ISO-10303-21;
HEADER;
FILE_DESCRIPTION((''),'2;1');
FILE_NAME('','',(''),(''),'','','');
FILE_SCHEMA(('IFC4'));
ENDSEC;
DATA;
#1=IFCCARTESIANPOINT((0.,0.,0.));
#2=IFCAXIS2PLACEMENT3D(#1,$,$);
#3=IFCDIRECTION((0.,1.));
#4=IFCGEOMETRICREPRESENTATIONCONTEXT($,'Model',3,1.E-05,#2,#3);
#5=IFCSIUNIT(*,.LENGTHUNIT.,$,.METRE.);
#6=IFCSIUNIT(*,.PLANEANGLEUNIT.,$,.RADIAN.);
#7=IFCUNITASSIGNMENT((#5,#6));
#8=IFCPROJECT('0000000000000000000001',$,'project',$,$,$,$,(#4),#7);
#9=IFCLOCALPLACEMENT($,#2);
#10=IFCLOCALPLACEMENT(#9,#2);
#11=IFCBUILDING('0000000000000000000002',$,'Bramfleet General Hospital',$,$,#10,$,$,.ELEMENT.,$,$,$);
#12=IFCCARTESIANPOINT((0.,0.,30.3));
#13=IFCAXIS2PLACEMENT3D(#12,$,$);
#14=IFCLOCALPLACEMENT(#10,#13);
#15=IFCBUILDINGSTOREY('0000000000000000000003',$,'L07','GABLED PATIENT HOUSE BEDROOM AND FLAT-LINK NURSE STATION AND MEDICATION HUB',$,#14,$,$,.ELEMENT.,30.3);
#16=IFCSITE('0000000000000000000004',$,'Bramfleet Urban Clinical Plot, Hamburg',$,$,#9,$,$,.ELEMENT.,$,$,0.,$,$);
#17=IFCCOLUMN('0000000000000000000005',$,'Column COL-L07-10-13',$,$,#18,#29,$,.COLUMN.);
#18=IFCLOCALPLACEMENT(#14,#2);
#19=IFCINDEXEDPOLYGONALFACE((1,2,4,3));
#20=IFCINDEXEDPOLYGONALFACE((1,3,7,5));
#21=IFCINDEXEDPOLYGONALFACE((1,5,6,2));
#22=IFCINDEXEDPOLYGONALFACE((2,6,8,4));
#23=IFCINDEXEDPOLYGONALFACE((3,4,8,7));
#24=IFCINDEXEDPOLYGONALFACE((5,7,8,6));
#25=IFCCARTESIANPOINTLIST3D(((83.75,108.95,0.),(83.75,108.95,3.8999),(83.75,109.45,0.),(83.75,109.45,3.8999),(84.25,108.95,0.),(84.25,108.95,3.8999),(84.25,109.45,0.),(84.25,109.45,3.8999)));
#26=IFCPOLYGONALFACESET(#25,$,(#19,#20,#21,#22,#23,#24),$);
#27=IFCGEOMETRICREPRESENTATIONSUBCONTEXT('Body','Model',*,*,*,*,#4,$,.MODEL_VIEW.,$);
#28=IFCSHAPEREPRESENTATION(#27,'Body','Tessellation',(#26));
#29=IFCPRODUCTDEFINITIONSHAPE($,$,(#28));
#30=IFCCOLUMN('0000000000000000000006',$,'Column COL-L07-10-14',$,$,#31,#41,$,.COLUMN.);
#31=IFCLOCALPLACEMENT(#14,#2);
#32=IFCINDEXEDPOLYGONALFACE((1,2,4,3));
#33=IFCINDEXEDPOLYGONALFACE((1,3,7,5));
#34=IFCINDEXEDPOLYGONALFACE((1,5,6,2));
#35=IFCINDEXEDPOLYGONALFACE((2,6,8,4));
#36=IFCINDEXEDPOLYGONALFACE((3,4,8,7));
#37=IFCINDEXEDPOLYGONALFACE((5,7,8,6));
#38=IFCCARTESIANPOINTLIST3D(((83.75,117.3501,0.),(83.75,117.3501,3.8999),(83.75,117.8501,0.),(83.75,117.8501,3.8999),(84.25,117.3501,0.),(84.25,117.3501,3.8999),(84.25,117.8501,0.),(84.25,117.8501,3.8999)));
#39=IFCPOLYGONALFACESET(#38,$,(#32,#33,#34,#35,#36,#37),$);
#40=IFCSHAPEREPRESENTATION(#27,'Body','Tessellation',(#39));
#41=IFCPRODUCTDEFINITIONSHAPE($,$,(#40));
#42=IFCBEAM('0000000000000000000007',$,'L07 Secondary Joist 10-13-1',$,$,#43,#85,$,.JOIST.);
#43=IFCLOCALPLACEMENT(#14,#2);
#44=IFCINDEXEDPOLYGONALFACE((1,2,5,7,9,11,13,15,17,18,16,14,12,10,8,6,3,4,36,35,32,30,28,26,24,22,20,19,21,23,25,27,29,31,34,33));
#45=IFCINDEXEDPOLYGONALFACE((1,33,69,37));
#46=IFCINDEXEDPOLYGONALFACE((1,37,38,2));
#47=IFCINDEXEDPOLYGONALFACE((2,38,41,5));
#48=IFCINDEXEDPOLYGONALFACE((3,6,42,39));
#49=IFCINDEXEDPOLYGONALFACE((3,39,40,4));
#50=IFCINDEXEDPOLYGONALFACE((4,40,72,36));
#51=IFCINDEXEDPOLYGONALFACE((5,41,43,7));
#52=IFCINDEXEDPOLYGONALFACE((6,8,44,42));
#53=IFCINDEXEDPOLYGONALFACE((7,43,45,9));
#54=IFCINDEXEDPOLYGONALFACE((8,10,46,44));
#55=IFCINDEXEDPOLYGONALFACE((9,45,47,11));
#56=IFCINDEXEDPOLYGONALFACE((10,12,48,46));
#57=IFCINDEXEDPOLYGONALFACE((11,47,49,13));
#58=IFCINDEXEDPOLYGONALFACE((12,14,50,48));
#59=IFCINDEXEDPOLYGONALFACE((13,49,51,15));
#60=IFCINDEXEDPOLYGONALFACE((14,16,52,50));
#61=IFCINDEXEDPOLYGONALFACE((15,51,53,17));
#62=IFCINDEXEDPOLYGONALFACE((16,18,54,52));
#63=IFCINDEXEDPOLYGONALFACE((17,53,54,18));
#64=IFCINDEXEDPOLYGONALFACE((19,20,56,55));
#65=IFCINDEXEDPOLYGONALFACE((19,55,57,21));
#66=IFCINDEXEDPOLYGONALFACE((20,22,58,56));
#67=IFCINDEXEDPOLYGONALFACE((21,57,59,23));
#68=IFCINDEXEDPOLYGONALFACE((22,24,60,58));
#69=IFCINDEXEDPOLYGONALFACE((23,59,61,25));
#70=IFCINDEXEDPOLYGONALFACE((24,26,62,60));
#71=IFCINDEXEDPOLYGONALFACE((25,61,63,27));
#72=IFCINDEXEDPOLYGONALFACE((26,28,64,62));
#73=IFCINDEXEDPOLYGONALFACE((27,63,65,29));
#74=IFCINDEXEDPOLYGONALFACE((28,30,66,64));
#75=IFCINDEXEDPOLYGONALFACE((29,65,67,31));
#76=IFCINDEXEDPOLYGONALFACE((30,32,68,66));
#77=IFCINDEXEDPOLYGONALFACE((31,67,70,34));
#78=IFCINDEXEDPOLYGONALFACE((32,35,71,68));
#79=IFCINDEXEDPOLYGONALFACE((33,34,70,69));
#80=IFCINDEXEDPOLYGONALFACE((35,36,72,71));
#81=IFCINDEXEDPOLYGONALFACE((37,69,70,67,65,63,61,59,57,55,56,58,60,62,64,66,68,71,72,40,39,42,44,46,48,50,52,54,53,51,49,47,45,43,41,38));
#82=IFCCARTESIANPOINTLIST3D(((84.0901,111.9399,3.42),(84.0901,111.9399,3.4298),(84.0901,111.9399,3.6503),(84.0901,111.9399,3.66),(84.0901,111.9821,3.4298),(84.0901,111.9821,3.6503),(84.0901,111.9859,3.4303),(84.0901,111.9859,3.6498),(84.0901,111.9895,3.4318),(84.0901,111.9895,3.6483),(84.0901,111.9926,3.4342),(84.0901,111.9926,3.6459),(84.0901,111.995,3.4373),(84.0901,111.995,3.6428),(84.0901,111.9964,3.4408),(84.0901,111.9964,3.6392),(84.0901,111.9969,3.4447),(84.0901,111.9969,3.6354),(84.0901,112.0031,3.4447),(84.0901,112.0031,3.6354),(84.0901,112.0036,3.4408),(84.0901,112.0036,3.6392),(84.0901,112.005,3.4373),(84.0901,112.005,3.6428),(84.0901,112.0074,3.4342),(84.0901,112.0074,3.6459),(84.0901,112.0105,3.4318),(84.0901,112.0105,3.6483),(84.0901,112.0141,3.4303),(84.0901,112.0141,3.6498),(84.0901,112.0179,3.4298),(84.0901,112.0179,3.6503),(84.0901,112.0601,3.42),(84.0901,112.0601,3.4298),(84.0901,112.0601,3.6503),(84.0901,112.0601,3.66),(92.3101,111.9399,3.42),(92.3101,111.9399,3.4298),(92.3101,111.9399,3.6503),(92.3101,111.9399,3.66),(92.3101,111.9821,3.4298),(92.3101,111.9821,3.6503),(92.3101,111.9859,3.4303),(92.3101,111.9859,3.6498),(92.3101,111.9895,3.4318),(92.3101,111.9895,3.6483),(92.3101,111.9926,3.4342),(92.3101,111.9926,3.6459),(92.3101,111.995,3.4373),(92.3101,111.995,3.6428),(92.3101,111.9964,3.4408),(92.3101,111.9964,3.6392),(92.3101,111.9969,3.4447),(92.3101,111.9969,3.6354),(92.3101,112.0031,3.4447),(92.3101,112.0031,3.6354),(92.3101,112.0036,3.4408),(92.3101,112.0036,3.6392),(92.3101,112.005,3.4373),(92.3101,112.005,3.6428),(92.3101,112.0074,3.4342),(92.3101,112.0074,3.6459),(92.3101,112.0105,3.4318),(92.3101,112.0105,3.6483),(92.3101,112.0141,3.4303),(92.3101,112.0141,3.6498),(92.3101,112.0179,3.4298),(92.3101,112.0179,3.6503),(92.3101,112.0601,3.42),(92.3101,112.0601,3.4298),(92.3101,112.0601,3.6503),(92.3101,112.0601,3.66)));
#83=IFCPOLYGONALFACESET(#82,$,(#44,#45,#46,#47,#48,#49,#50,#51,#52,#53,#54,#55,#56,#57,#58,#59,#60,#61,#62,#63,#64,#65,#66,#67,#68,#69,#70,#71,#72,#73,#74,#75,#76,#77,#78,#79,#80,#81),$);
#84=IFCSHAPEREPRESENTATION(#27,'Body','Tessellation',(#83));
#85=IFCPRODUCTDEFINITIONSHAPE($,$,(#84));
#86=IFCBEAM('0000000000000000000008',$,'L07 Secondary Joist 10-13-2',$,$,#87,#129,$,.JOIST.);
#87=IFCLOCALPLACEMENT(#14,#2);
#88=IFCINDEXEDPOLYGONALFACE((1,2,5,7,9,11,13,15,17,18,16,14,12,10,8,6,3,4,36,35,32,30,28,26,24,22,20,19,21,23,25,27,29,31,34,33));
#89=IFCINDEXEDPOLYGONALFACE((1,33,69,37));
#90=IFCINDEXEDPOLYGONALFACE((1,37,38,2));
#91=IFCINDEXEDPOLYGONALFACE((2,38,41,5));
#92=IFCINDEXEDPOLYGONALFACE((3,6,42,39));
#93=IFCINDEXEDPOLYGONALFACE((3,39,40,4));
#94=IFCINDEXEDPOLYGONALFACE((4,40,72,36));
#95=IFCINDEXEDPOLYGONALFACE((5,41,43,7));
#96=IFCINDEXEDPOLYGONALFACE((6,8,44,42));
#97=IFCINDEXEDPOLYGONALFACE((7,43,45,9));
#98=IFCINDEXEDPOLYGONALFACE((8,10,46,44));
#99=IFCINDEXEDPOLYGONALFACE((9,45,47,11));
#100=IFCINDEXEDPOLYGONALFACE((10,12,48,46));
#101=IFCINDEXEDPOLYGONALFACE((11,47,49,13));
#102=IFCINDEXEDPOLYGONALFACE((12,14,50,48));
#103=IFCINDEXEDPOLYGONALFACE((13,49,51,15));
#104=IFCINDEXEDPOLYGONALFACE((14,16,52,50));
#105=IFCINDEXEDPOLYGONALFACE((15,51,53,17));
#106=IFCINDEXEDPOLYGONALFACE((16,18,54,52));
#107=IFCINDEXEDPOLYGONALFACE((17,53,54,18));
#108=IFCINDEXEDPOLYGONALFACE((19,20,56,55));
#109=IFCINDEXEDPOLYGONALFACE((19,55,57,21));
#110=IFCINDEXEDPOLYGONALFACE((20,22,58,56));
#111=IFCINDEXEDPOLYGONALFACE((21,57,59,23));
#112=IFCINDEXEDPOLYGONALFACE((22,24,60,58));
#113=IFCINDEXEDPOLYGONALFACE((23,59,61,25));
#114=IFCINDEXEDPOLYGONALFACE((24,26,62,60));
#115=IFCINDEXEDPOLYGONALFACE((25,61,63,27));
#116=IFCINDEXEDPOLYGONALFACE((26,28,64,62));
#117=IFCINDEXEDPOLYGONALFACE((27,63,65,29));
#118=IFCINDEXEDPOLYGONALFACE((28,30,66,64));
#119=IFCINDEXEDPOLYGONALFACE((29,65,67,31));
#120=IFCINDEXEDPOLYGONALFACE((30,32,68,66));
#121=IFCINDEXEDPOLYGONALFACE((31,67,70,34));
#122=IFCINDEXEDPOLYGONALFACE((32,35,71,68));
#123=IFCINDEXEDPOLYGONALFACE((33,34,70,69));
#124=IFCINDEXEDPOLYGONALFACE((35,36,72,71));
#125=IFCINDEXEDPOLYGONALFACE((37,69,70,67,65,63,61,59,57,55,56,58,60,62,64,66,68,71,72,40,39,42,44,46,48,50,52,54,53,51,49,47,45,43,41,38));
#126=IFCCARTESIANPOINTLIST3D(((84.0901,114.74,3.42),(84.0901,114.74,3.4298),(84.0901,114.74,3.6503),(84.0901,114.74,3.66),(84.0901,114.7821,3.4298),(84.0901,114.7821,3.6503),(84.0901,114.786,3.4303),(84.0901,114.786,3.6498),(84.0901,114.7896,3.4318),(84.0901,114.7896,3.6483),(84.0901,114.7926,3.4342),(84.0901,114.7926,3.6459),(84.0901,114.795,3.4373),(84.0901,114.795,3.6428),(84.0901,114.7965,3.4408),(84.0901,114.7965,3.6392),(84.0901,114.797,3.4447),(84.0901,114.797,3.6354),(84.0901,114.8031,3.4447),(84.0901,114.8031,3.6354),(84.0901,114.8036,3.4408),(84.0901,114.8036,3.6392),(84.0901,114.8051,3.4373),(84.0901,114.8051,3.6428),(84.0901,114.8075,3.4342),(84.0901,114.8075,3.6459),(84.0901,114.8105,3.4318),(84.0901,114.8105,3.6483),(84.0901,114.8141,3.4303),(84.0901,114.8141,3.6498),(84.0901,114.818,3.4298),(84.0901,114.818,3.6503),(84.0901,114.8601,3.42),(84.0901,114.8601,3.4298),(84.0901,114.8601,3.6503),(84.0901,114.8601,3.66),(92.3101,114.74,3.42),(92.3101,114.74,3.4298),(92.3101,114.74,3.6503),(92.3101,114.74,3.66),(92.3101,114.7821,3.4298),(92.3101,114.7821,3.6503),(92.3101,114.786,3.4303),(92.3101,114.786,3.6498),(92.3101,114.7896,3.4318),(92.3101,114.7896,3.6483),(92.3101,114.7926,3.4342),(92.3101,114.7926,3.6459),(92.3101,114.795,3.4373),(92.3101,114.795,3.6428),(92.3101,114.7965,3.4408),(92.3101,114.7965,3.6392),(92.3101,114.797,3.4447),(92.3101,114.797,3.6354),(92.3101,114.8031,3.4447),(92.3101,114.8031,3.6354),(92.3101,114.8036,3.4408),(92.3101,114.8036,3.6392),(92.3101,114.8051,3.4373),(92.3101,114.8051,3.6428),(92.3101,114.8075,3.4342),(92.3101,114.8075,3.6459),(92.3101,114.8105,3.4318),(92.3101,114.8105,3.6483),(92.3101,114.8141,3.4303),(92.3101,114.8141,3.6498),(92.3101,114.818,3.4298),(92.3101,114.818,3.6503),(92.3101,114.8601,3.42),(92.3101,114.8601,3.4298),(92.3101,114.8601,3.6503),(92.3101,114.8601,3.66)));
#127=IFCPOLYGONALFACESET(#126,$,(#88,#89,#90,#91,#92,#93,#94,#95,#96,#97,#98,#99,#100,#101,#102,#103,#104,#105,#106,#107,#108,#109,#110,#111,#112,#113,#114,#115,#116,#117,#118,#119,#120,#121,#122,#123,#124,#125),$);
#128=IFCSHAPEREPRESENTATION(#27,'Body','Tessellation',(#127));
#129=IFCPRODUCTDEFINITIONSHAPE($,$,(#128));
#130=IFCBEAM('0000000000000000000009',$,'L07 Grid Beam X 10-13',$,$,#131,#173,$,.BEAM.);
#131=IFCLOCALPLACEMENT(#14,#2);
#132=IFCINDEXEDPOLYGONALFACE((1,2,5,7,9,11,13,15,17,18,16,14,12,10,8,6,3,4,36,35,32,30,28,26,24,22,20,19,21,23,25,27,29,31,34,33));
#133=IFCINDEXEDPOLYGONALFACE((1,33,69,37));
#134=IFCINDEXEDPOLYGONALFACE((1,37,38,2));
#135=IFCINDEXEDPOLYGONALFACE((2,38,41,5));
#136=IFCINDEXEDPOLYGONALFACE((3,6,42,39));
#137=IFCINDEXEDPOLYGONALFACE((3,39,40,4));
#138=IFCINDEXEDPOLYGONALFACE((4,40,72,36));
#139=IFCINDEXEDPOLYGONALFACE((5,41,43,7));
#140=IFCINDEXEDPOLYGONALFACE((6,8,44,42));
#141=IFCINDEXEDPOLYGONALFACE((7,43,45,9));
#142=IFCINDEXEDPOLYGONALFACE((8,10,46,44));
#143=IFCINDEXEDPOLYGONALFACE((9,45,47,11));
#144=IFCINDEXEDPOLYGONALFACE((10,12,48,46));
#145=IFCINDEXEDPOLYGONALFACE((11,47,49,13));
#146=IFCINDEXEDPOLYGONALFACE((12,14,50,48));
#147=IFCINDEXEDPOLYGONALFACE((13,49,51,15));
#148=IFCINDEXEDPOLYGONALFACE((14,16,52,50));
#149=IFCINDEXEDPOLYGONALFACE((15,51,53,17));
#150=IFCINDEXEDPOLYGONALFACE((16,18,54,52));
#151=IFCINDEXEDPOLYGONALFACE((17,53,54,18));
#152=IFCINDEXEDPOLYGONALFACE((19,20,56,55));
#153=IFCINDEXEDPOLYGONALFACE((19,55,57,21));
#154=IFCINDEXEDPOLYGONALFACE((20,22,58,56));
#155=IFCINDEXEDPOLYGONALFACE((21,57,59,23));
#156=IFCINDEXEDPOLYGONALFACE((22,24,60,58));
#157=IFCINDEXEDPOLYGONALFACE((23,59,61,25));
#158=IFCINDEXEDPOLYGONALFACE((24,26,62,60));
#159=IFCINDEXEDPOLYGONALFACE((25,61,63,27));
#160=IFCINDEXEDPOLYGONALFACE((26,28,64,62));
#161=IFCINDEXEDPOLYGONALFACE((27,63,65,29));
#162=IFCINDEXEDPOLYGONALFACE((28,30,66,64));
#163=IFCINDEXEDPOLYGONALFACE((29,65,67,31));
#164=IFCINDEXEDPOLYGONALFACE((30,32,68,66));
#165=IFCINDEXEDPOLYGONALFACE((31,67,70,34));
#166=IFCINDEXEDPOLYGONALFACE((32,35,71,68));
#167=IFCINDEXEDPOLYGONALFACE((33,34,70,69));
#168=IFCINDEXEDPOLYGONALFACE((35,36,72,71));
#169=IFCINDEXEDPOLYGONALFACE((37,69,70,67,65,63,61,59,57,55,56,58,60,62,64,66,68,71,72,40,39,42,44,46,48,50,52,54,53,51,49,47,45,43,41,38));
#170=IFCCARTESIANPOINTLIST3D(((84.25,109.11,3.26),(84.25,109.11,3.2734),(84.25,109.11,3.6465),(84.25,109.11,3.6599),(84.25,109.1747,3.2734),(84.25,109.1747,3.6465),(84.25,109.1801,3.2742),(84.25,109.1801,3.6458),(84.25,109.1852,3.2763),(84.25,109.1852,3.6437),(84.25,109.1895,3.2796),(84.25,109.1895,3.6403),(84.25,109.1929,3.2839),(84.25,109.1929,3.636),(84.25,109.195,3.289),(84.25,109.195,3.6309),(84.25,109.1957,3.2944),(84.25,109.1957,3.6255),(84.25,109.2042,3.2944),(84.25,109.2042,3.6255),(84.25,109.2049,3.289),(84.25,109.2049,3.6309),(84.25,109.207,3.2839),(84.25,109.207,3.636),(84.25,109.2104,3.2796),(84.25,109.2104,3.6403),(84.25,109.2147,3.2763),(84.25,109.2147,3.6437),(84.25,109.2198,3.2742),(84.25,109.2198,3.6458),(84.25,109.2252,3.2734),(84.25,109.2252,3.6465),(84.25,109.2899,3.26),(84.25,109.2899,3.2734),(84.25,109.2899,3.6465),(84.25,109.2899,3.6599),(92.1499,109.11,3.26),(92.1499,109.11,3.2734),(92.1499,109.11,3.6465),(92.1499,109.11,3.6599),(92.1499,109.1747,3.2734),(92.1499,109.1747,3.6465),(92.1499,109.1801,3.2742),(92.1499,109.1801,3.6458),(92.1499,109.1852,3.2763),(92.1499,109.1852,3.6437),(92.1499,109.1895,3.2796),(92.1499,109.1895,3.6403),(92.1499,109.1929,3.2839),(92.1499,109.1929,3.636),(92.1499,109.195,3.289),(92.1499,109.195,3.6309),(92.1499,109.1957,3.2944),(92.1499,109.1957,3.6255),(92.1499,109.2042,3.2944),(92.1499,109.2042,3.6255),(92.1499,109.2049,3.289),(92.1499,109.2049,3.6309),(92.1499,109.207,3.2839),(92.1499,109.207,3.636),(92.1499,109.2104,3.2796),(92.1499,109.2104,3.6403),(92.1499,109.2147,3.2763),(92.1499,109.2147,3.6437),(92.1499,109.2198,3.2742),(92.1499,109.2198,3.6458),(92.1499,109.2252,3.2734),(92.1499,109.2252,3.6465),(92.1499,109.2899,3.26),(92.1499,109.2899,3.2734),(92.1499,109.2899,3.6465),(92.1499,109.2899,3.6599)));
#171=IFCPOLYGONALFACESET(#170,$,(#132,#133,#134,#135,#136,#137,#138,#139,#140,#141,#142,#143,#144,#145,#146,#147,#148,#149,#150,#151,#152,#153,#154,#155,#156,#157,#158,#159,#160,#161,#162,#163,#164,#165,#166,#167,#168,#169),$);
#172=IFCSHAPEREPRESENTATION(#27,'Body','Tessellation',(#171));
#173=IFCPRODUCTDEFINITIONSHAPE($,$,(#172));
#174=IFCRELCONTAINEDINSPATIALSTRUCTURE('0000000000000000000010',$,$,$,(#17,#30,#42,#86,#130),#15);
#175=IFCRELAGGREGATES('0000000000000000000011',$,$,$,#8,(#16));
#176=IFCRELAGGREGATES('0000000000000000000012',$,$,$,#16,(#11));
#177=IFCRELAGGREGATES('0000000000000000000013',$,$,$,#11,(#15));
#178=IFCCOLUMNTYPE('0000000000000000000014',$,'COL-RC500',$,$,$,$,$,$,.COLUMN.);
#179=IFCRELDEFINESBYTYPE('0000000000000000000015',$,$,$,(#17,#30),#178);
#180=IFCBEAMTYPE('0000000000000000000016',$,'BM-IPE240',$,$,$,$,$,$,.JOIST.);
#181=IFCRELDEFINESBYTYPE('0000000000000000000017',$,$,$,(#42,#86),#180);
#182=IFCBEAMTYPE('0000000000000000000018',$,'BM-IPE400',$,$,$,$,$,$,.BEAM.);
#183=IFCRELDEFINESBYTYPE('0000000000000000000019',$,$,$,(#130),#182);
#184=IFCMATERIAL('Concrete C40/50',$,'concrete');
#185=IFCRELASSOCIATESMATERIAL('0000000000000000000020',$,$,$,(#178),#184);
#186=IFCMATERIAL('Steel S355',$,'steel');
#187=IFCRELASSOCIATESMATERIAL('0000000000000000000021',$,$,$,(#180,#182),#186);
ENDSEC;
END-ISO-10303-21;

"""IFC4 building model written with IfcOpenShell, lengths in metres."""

from ifc_helpers import new_model, si_unit, direction, frame, origin, origin_2d, place, context, subcontext, project, spatial, rectangle, i_section, extrude, material, material_profile, profile_set, type_object, element, save


model = new_model("IFC4")

# Units and contexts
model_context = context("Model", 3, precision=1e-05, world=origin(), true_north=direction((0.0, 1.0)))
body_context = subcontext(model_context, "Body", "Model", "MODEL_VIEW")
ifc_project = project(units=[si_unit("LENGTHUNIT", "METRE"), si_unit("PLANEANGLEUNIT", "RADIAN")], contexts=[model_context])

# Site, building, storey
site_placement = place(None, origin())
site = spatial("IfcSite", under=ifc_project, at=site_placement, Name="Bramfleet Urban Clinical Plot, Hamburg", CompositionType="ELEMENT", RefElevation=0.0)
building_placement = place(site_placement, origin())
building = spatial("IfcBuilding", under=site, at=building_placement, Name="Bramfleet General Hospital", CompositionType="ELEMENT")
storey_placement = place(building_placement, frame((0.0, 0.0, 30.3)))
storey = spatial("IfcBuildingStorey", under=building, at=storey_placement, Name="L07", Description="GABLED PATIENT HOUSE BEDROOM AND FLAT-LINK NURSE STATION AND MEDICATION HUB", CompositionType="ELEMENT", Elevation=30.3)

# Columns
ifc_material_1 = material(Name="Concrete C40/50", Category="concrete")
ifc_material_profile_1 = material_profile(ifc_material_1, rectangle(XDim=0.5, YDim=0.5, at=origin_2d()), Name="RC COL 500x500")
ifc_profile_set_1 = profile_set([ifc_material_profile_1], Name="Concrete C40/50")
column_type = type_object("IfcColumnType", Name="COL-RC500", PredefinedType="COLUMN", material=ifc_profile_set_1)
for number, where, z_axis, x_axis, name in (
    (1, (84.0, 109.2, 0.0), (0.0, 0.0, 1.0), (1.0, 0.0, 0.0), "Column COL-L07-10-13"),
    (2, (84.0, 117.6001, 0.0), (0.0, 0.0, 1.0), (1.0, 0.0, 0.0), "Column COL-L07-10-14"),
):
    element("IfcColumn", number, at=place(storey_placement, frame(where, z_axis=z_axis, x_axis=x_axis)), inside=storey, type_object=column_type, Name=name, PredefinedType="COLUMN", context=body_context, shape_type="SweptSolid", body=[
        extrude(rectangle(XDim=0.5, YDim=0.5, at=origin_2d()), origin(), (0.0, 0.0, 1.0), 3.8999),
    ])

# Beams
ifc_material_2 = material(Name="Steel S355", Category="steel")
ifc_material_profile_2 = material_profile(ifc_material_2, i_section(OverallWidth=0.1201, OverallDepth=0.24, WebThickness=0.0061, FlangeThickness=0.0098, FilletRadius=0.0149, at=origin_2d()), Name="IPE 240")
ifc_profile_set_2 = profile_set([ifc_material_profile_2], Name="Steel S355")
beam_type_1 = type_object("IfcBeamType", Name="BM-IPE240", PredefinedType="JOIST", material=ifc_profile_set_2)
for number, where, z_axis, x_axis, name in (
    (3, (84.0901, 112.0, 3.54), (1.0, 0.0, 0.0), (0.0, 1.0, 0.0), "L07 Secondary Joist 10-13-1"),
    (4, (84.0901, 114.8, 3.54), (1.0, 0.0, 0.0), (0.0, 1.0, 0.0), "L07 Secondary Joist 10-13-2"),
):
    element("IfcBeam", number, at=place(storey_placement, frame(where, z_axis=z_axis, x_axis=x_axis)), inside=storey, type_object=beam_type_1, Name=name, PredefinedType="JOIST", context=body_context, shape_type="SweptSolid", body=[
        extrude(i_section(OverallWidth=0.1201, OverallDepth=0.24, WebThickness=0.0061, FlangeThickness=0.0098, FilletRadius=0.0149, at=origin_2d()), origin(), (0.0, 0.0, 1.0), 8.22),
    ])
ifc_material_profile_3 = material_profile(ifc_material_2, i_section(OverallWidth=0.1799, OverallDepth=0.3999, WebThickness=0.0085, FlangeThickness=0.0134, FilletRadius=0.021, at=origin_2d()), Name="IPE 400")
ifc_profile_set_3 = profile_set([ifc_material_profile_3], Name="Steel S355")
beam_type_2 = type_object("IfcBeamType", Name="BM-IPE400", PredefinedType="BEAM", material=ifc_profile_set_3)
beam_1_placement = place(storey_placement, frame((84.25, 109.2, 3.46), z_axis=(1.0, 0.0, 0.0), x_axis=(0.0, 1.0, 0.0)))
element("IfcBeam", 5, at=beam_1_placement, inside=storey, type_object=beam_type_2, Name="L07 Grid Beam X 10-13", PredefinedType="BEAM", context=body_context, shape_type="SweptSolid", body=[
    extrude(i_section(OverallWidth=0.1799, OverallDepth=0.3999, WebThickness=0.0085, FlangeThickness=0.0134, FilletRadius=0.021, at=origin_2d()), origin(), (0.0, 0.0, 1.0), 7.8999),
])

save(model, "model.ifc")
